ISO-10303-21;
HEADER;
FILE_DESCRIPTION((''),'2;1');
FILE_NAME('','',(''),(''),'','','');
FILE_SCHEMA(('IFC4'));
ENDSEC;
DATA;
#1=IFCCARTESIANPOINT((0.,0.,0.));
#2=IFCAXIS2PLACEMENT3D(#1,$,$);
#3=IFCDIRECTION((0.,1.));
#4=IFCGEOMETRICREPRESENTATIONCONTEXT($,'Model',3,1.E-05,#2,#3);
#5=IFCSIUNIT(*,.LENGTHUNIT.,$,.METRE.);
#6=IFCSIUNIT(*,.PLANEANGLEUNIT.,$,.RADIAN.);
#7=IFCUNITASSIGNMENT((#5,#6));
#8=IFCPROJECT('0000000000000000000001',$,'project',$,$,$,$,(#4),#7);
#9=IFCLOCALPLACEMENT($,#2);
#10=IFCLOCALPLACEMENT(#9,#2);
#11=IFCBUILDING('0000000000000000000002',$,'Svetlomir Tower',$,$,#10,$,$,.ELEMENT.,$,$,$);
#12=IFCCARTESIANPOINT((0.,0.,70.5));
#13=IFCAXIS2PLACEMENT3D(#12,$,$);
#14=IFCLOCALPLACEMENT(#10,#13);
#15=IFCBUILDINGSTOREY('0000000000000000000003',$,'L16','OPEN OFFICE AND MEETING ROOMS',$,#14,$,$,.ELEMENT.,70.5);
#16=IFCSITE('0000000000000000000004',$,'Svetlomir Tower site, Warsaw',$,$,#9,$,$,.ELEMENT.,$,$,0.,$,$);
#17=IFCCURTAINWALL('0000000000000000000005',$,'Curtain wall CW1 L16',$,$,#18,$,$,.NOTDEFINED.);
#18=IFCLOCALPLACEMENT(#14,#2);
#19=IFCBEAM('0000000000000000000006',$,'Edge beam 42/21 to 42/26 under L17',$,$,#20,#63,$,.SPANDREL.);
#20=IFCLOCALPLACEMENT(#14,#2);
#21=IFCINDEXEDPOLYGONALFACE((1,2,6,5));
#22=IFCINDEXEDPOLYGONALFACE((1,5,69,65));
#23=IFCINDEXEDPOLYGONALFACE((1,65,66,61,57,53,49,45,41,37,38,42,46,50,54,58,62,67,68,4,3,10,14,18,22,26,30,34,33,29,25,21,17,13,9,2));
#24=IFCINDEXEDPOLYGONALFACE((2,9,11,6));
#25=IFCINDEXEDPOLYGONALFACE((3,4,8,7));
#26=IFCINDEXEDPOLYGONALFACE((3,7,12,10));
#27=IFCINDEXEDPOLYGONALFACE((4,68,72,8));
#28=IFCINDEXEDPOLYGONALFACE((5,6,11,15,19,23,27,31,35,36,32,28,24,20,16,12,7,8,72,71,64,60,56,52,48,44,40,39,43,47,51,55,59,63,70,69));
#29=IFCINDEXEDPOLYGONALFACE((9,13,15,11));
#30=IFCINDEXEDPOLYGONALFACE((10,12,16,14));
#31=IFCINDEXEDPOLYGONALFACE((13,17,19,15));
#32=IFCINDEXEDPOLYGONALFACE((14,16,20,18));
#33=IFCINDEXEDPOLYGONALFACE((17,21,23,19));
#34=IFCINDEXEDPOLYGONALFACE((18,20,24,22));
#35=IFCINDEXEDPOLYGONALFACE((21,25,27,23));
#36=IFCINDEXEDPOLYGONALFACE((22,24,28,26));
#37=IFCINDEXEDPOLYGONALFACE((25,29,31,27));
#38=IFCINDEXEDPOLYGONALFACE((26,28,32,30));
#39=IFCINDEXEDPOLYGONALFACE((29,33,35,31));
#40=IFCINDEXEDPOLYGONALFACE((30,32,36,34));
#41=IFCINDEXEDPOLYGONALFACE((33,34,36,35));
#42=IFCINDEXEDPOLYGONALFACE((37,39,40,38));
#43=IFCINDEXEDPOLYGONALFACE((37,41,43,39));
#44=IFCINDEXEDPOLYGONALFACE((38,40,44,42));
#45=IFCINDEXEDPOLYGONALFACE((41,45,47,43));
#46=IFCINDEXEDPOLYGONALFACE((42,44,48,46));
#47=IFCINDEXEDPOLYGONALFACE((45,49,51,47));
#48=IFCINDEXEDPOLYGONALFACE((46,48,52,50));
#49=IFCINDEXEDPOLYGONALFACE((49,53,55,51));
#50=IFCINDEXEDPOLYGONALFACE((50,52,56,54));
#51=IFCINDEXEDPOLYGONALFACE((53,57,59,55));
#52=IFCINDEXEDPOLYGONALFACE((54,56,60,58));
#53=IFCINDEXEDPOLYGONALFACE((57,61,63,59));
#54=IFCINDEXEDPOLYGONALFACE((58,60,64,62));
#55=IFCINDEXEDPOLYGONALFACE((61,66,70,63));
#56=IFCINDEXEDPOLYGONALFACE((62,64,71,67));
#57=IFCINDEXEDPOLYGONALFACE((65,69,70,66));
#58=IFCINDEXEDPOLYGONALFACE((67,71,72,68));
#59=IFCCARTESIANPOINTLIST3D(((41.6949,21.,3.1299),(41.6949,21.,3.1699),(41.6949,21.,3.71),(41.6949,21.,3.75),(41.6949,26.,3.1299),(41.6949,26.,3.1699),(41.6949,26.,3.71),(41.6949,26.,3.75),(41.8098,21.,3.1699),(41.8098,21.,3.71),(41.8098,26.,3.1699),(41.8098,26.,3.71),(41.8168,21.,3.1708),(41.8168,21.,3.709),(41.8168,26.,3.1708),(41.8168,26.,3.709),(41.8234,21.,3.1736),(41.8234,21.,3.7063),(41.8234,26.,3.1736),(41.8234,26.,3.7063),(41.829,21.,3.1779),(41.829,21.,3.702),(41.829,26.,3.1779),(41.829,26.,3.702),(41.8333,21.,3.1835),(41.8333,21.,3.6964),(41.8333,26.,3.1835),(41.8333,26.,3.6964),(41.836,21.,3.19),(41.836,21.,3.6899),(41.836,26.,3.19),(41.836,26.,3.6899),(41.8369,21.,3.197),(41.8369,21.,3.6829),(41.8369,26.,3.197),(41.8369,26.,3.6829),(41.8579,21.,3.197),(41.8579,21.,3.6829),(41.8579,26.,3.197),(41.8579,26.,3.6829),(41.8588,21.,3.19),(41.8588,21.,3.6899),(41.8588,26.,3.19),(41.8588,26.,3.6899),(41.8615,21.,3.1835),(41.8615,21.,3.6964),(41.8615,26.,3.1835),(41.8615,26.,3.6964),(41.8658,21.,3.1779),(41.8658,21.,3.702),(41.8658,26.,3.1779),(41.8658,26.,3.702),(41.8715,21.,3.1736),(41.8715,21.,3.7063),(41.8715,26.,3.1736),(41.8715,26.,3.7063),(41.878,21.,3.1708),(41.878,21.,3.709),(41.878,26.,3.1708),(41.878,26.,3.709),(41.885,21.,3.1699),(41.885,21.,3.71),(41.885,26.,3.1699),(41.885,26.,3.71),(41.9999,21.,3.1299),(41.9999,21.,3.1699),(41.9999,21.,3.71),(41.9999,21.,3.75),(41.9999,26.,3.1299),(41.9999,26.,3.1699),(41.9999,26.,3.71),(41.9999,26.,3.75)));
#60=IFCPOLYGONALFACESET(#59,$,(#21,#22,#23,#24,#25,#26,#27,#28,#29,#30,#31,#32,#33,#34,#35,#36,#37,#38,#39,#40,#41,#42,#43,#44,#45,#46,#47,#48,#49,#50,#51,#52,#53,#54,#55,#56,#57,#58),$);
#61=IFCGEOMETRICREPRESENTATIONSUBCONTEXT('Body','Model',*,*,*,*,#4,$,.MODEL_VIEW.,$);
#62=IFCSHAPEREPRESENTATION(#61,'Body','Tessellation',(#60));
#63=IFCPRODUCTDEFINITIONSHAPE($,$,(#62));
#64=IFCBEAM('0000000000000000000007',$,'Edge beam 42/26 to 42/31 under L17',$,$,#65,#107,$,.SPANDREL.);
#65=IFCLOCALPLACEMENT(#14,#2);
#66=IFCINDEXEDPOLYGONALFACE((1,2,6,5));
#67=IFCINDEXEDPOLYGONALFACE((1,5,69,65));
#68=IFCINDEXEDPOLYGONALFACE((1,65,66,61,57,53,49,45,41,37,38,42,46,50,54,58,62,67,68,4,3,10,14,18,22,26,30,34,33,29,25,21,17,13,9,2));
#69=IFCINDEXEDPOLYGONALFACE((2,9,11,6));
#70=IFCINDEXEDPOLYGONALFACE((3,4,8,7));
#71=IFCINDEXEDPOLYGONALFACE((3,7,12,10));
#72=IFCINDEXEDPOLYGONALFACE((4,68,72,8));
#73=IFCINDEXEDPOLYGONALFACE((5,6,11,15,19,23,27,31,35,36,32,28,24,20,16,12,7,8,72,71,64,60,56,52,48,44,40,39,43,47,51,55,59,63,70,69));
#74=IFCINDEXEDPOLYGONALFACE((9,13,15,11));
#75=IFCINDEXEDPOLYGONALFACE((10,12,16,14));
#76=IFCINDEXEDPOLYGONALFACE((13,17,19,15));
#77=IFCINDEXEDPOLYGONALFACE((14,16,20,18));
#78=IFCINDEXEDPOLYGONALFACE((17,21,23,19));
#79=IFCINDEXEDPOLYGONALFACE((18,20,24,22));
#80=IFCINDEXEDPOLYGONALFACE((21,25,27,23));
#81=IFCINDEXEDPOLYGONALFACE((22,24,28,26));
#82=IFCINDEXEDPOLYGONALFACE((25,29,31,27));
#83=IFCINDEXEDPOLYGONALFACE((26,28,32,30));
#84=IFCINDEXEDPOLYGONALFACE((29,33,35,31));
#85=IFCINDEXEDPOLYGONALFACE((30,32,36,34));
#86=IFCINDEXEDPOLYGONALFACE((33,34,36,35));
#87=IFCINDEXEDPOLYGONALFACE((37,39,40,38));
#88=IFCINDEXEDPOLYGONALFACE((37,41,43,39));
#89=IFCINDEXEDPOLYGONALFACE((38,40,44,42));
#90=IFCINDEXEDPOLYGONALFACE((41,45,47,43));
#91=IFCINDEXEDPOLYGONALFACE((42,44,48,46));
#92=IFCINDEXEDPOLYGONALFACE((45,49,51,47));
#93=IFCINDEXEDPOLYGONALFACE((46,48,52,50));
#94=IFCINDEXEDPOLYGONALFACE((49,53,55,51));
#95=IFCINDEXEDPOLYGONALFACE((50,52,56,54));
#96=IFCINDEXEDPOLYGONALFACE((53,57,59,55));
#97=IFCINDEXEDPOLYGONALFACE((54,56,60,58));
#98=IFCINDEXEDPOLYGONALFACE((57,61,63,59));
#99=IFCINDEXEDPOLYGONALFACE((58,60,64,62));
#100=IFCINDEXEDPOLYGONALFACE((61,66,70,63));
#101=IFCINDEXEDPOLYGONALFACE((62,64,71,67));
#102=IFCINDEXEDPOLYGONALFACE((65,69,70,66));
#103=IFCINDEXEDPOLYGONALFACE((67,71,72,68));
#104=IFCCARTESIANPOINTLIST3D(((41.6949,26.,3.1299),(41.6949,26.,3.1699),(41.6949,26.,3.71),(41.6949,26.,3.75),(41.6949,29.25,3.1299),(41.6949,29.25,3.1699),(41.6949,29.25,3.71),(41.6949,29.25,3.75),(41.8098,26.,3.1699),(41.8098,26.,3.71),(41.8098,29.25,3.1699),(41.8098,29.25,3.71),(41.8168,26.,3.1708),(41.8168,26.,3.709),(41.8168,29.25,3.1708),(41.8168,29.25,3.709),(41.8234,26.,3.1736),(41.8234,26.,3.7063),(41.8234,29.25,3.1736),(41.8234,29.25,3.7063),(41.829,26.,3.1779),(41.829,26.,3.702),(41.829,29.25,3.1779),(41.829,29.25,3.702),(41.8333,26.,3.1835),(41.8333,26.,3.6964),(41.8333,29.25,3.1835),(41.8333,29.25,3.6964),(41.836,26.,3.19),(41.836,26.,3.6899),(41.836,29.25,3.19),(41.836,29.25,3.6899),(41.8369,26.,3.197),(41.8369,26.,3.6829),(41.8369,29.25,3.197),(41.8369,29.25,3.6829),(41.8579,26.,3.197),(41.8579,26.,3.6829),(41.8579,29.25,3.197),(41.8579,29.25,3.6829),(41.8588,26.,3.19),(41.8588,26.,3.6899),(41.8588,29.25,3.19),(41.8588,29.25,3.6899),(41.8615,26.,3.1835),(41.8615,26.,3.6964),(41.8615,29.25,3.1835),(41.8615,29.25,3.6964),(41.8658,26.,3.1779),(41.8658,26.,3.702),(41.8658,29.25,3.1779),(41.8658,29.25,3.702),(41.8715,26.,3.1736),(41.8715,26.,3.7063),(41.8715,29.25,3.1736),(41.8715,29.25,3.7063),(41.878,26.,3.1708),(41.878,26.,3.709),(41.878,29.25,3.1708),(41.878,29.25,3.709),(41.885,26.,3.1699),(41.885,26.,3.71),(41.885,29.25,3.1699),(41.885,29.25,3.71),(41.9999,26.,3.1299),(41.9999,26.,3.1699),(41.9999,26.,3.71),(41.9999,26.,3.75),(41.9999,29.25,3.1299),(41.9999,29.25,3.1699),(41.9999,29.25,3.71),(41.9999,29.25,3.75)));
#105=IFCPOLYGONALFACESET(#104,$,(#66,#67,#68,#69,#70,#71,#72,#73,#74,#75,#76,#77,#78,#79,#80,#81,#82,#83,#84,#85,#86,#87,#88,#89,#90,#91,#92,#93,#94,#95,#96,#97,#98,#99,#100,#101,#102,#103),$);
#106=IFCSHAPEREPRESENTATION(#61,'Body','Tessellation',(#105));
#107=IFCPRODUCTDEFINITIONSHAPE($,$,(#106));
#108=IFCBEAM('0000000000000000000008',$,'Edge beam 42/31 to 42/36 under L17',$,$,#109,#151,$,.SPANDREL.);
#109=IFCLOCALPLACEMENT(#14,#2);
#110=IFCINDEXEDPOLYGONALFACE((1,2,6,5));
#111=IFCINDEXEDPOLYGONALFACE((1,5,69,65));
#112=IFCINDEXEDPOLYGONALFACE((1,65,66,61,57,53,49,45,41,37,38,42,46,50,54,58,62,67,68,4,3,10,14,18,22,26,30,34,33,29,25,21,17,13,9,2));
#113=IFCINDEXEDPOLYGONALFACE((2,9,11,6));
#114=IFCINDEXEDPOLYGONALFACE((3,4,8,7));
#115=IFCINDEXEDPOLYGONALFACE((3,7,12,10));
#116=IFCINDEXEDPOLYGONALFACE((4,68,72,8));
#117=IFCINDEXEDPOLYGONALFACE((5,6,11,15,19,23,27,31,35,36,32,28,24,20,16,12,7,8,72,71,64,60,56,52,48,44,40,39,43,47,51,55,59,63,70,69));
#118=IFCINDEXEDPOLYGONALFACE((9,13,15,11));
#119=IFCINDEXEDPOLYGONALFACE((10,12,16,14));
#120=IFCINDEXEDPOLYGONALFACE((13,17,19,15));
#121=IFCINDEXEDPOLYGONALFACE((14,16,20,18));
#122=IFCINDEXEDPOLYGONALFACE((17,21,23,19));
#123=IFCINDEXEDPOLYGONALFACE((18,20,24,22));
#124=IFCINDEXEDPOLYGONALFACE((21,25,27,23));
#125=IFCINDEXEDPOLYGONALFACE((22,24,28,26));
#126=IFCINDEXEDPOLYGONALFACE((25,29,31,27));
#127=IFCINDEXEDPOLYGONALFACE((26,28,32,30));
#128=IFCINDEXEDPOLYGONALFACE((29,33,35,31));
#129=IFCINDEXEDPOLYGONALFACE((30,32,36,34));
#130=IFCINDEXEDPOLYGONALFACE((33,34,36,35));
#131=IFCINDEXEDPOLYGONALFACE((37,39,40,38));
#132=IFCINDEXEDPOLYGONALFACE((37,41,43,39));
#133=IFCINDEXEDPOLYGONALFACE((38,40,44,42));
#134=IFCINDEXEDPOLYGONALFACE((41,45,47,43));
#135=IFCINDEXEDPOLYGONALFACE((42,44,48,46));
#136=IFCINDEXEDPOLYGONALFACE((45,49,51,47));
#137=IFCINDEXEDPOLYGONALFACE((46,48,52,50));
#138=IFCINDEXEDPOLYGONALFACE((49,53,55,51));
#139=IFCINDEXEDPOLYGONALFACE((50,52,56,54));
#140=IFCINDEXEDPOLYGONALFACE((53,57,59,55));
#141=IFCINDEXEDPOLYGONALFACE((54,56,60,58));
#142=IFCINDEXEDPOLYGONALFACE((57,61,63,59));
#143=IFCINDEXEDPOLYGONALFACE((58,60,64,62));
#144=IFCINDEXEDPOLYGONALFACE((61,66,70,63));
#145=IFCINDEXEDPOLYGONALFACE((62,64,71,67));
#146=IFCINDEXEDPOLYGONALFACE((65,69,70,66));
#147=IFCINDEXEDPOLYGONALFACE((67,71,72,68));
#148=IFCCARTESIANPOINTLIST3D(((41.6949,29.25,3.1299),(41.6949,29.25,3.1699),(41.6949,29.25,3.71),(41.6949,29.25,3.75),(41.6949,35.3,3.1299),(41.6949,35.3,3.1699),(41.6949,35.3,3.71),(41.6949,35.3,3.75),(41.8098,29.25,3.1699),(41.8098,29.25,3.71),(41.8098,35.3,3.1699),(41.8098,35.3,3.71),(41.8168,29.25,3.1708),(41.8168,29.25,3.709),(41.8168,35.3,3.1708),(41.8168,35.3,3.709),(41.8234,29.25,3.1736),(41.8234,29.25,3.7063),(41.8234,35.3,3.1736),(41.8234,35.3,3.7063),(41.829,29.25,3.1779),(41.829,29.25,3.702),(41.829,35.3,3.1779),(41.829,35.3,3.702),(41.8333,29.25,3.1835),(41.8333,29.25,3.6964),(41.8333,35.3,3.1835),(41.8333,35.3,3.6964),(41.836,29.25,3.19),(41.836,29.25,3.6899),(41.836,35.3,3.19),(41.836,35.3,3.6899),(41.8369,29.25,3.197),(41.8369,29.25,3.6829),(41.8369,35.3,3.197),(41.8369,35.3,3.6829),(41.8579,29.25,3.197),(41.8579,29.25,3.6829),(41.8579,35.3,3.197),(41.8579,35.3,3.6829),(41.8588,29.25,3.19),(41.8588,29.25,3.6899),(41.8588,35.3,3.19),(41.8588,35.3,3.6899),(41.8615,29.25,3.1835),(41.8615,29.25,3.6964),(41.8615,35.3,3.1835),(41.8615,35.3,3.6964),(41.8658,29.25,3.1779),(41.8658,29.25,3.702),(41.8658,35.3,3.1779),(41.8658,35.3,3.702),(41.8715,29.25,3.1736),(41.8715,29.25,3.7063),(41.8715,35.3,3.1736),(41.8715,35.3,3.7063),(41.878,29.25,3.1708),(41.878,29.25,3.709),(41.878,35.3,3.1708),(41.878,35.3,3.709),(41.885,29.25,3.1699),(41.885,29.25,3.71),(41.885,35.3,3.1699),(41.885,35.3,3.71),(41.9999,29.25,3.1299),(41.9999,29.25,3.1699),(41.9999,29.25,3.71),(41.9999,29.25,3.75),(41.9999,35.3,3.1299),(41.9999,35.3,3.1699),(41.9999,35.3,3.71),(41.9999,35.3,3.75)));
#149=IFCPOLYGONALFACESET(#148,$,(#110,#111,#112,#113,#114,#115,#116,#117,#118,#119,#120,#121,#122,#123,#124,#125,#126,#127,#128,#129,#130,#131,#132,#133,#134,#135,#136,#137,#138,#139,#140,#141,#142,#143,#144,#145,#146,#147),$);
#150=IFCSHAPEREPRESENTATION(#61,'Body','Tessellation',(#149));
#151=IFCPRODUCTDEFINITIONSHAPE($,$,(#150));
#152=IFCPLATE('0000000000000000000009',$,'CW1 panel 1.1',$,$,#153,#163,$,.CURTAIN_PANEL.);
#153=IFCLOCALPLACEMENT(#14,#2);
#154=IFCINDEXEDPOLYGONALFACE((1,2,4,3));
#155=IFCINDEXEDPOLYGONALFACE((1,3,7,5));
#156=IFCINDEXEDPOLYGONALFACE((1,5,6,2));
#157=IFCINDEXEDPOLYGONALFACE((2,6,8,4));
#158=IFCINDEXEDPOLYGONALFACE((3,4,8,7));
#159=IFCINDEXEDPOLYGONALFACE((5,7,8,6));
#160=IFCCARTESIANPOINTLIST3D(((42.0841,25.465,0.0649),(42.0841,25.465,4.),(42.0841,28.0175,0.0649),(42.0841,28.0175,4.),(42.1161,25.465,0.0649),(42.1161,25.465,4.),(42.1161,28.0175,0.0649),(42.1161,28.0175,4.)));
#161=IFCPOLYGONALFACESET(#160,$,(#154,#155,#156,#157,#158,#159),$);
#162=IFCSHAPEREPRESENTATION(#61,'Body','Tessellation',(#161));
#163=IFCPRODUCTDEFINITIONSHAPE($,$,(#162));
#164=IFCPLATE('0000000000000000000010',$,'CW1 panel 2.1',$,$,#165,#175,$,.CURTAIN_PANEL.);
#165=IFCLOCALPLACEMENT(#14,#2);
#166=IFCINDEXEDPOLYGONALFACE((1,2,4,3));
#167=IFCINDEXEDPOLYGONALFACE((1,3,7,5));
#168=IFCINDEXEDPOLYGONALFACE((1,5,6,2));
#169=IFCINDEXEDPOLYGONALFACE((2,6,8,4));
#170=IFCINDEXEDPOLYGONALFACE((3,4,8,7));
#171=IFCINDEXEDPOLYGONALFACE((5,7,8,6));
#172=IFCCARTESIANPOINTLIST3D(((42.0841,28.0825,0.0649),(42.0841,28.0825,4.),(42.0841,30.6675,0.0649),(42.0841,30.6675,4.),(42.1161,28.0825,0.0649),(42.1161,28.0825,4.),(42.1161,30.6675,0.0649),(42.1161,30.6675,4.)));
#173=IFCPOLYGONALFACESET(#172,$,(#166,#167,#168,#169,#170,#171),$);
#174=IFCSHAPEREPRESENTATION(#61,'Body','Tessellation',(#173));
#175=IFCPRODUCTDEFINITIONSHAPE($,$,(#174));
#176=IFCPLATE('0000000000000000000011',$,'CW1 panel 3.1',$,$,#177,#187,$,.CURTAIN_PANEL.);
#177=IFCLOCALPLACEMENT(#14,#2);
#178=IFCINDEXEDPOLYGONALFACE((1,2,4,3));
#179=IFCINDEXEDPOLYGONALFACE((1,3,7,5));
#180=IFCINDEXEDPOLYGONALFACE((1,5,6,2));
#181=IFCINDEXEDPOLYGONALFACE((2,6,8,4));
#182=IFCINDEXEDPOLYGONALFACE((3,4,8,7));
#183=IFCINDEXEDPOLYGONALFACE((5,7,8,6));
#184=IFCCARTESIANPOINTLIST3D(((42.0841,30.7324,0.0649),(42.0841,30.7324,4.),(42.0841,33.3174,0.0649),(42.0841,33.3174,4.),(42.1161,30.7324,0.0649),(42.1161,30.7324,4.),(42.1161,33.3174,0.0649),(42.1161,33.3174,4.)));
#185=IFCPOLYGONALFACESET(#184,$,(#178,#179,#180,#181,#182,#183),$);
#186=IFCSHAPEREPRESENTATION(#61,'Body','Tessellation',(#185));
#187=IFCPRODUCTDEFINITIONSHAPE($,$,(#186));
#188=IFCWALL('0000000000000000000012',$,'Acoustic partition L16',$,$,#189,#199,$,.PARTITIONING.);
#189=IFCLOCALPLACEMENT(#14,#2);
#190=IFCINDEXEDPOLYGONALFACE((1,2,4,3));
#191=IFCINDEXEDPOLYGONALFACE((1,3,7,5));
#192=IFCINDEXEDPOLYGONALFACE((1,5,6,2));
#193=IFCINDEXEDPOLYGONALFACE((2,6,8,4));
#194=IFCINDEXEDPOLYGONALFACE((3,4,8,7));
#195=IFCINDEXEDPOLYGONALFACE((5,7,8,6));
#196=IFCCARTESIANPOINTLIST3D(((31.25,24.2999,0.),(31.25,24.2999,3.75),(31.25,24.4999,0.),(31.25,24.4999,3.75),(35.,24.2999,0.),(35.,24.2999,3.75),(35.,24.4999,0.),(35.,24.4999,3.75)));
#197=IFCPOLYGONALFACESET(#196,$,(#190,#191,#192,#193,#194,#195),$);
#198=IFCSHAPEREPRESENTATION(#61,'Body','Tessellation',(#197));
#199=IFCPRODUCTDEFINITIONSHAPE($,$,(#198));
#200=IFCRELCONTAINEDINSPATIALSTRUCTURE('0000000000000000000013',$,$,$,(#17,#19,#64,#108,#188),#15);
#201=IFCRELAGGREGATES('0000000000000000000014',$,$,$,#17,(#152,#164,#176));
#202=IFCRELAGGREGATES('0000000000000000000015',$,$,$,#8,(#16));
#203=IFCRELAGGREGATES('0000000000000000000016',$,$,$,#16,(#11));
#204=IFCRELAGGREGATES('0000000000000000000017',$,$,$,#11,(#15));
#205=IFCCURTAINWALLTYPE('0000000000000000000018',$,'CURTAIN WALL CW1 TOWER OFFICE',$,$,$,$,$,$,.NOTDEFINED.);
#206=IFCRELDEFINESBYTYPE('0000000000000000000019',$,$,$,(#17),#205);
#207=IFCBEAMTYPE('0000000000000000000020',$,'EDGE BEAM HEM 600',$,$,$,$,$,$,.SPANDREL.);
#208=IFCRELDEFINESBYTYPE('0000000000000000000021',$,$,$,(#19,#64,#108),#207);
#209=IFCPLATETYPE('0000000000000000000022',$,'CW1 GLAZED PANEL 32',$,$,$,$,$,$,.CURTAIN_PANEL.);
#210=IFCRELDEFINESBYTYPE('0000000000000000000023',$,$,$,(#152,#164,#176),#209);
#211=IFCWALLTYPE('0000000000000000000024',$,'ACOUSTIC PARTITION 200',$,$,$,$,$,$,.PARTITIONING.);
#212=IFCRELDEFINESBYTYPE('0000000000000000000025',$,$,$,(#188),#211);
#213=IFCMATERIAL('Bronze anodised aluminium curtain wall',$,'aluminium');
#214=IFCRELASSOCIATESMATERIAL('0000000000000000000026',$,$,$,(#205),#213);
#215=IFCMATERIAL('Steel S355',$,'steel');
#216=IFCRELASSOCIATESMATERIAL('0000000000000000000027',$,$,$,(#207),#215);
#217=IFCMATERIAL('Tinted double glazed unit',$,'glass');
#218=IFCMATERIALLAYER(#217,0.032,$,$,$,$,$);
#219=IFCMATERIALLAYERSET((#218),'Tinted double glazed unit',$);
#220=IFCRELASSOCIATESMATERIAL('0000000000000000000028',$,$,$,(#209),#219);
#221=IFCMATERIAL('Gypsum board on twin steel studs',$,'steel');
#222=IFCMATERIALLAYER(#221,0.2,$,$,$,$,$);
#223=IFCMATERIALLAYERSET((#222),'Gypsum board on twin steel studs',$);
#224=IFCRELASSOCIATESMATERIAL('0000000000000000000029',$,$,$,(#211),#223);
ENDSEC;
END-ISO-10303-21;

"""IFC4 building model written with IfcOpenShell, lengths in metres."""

from ifc_helpers import new_model, si_unit, direction, frame, frame_2d, origin, origin_2d, place, context, subcontext, project, spatial, rectangle, i_section, extrude, material, layer, layer_set, material_profile, profile_set, type_object, element, aggregate, save


model = new_model("IFC4")

# Units and contexts
model_context = context("Model", 3, precision=1e-05, world=origin(), true_north=direction((0.0, 1.0)))
body_context = subcontext(model_context, "Body", "Model", "MODEL_VIEW")
ifc_project = project(units=[si_unit("LENGTHUNIT", "METRE"), si_unit("PLANEANGLEUNIT", "RADIAN")], contexts=[model_context])

# Site, building, storey
site_placement = place(None, origin())
site = spatial("IfcSite", under=ifc_project, at=site_placement, Name="Svetlomir Tower site, Warsaw", CompositionType="ELEMENT", RefElevation=0.0)
building_placement = place(site_placement, origin())
building = spatial("IfcBuilding", under=site, at=building_placement, Name="Svetlomir Tower", CompositionType="ELEMENT")
storey_placement = place(building_placement, frame((0.0, 0.0, 70.5)))
storey = spatial("IfcBuildingStorey", under=building, at=storey_placement, Name="L16", Description="OPEN OFFICE AND MEETING ROOMS", CompositionType="ELEMENT", Elevation=70.5)

# Shared definitions
ifc_material_1 = material(Name="Bronze anodised aluminium curtain wall", Category="aluminium")
curtain_wall_type = type_object("IfcCurtainWallType", Name="CURTAIN WALL CW1 TOWER OFFICE", PredefinedType="NOTDEFINED", material=ifc_material_1)

# Curtain wall
curtain_wall_1_placement = place(storey_placement, origin())
curtain_wall_1 = element("IfcCurtainWall", 1, at=curtain_wall_1_placement, inside=storey, type_object=curtain_wall_type, Name="Curtain wall CW1 L16", PredefinedType="NOTDEFINED")

# Beams
ifc_material_2 = material(Name="Steel S355", Category="steel")
ifc_material_profile_1 = material_profile(ifc_material_2, i_section(OverallWidth=0.3049, OverallDepth=0.6201, WebThickness=0.021, FlangeThickness=0.04, FilletRadius=0.0271, at=origin_2d()), Name="HEM 600")
ifc_profile_set_1 = profile_set([ifc_material_profile_1], Name="Steel S355")
beam_type_1 = type_object("IfcBeamType", Name="EDGE BEAM HEM 600", PredefinedType="SPANDREL", material=ifc_profile_set_1)
beam_1_placement = place(storey_placement, frame((41.8474, 21.0, 3.4399), z_axis=(0.0, 1.0, 0.0), x_axis=(-1.0, 0.0, 0.0)))
element("IfcBeam", 2, at=beam_1_placement, inside=storey, type_object=beam_type_1, Name="Edge beam 42/21 to 42/26 under L17", PredefinedType="SPANDREL", context=body_context, shape_type="SweptSolid", body=[
    extrude(i_section(OverallWidth=0.3049, OverallDepth=0.6201, WebThickness=0.021, FlangeThickness=0.04, FilletRadius=0.0271, at=origin_2d()), origin(), (0.0, 0.0, 1.0), 5.0),
])
beam_2_placement = place(storey_placement, frame((41.8474, 26.0, 3.4399), z_axis=(0.0, 1.0, 0.0), x_axis=(-1.0, 0.0, 0.0)))
element("IfcBeam", 3, at=beam_2_placement, inside=storey, type_object=beam_type_1, Name="Edge beam 42/26 to 42/31 under L17", PredefinedType="SPANDREL", context=body_context, shape_type="SweptSolid", body=[
    extrude(i_section(OverallWidth=0.3049, OverallDepth=0.6201, WebThickness=0.021, FlangeThickness=0.04, FilletRadius=0.0271, at=origin_2d()), origin(), (0.0, 0.0, 1.0), 3.25),
])
beam_3_placement = place(storey_placement, frame((41.8474, 29.25, 3.4399), z_axis=(0.0, 1.0, 0.0), x_axis=(-1.0, 0.0, 0.0)))
element("IfcBeam", 4, at=beam_3_placement, inside=storey, type_object=beam_type_1, Name="Edge beam 42/31 to 42/36 under L17", PredefinedType="SPANDREL", context=body_context, shape_type="SweptSolid", body=[
    extrude(i_section(OverallWidth=0.3049, OverallDepth=0.6201, WebThickness=0.021, FlangeThickness=0.04, FilletRadius=0.0271, at=origin_2d()), origin(), (0.0, 0.0, 1.0), 6.05),
])

# Plates
ifc_material_3 = material(Name="Tinted double glazed unit", Category="glass")
ifc_layer_1 = layer(ifc_material_3, 0.032)
ifc_layer_set_1 = layer_set([ifc_layer_1], Name="Tinted double glazed unit")
plate_type = type_object("IfcPlateType", Name="CW1 GLAZED PANEL 32", PredefinedType="CURTAIN_PANEL", material=ifc_layer_set_1)
plate_1_placement = place(storey_placement, frame((42.1001, 26.7412, 0.0649), z_axis=(0.0, 0.0, 1.0), x_axis=(0.0, 1.0, 0.0)))
plate_1 = element("IfcPlate", 5, at=plate_1_placement, type_object=plate_type, Name="CW1 panel 1.1", PredefinedType="CURTAIN_PANEL", context=body_context, shape_type="SweptSolid", body=[
    extrude(rectangle(XDim=2.5525, YDim=0.032, at=origin_2d()), origin(), (0.0, 0.0, 1.0), 3.9351),
])
plate_2_placement = place(storey_placement, frame((42.1001, 29.375, 0.0649), z_axis=(0.0, 0.0, 1.0), x_axis=(0.0, 1.0, 0.0)))
plate_2 = element("IfcPlate", 6, at=plate_2_placement, type_object=plate_type, Name="CW1 panel 2.1", PredefinedType="CURTAIN_PANEL", context=body_context, shape_type="SweptSolid", body=[
    extrude(rectangle(XDim=2.585, YDim=0.032, at=origin_2d()), origin(), (0.0, 0.0, 1.0), 3.9351),
])
plate_3_placement = place(storey_placement, frame((42.1001, 32.0249, 0.0649), z_axis=(0.0, 0.0, 1.0), x_axis=(0.0, 1.0, 0.0)))
plate_3 = element("IfcPlate", 7, at=plate_3_placement, type_object=plate_type, Name="CW1 panel 3.1", PredefinedType="CURTAIN_PANEL", context=body_context, shape_type="SweptSolid", body=[
    extrude(rectangle(XDim=2.585, YDim=0.032, at=origin_2d()), origin(), (0.0, 0.0, 1.0), 3.9351),
])
aggregate(curtain_wall_1, [plate_1, plate_2, plate_3])

# Wall
ifc_material_4 = material(Name="Gypsum board on twin steel studs", Category="steel")
ifc_layer_2 = layer(ifc_material_4, 0.2)
ifc_layer_set_2 = layer_set([ifc_layer_2], Name="Gypsum board on twin steel studs")
wall_type_1 = type_object("IfcWallType", Name="ACOUSTIC PARTITION 200", PredefinedType="PARTITIONING", material=ifc_layer_set_2)
wall_1_placement = place(storey_placement, frame((31.25, 24.3999, 0.0), z_axis=(0.0, 0.0, 1.0), x_axis=(1.0, 0.0, 0.0)))
element("IfcWall", 8, at=wall_1_placement, inside=storey, type_object=wall_type_1, Name="Acoustic partition L16", PredefinedType="PARTITIONING", context=body_context, shape_type="SweptSolid", body=[
    extrude(rectangle(XDim=3.75, YDim=0.2, at=frame_2d((1.875, 0.0))), origin(), (0.0, 0.0, 1.0), 3.75),
])

save(model, "model.ifc")
